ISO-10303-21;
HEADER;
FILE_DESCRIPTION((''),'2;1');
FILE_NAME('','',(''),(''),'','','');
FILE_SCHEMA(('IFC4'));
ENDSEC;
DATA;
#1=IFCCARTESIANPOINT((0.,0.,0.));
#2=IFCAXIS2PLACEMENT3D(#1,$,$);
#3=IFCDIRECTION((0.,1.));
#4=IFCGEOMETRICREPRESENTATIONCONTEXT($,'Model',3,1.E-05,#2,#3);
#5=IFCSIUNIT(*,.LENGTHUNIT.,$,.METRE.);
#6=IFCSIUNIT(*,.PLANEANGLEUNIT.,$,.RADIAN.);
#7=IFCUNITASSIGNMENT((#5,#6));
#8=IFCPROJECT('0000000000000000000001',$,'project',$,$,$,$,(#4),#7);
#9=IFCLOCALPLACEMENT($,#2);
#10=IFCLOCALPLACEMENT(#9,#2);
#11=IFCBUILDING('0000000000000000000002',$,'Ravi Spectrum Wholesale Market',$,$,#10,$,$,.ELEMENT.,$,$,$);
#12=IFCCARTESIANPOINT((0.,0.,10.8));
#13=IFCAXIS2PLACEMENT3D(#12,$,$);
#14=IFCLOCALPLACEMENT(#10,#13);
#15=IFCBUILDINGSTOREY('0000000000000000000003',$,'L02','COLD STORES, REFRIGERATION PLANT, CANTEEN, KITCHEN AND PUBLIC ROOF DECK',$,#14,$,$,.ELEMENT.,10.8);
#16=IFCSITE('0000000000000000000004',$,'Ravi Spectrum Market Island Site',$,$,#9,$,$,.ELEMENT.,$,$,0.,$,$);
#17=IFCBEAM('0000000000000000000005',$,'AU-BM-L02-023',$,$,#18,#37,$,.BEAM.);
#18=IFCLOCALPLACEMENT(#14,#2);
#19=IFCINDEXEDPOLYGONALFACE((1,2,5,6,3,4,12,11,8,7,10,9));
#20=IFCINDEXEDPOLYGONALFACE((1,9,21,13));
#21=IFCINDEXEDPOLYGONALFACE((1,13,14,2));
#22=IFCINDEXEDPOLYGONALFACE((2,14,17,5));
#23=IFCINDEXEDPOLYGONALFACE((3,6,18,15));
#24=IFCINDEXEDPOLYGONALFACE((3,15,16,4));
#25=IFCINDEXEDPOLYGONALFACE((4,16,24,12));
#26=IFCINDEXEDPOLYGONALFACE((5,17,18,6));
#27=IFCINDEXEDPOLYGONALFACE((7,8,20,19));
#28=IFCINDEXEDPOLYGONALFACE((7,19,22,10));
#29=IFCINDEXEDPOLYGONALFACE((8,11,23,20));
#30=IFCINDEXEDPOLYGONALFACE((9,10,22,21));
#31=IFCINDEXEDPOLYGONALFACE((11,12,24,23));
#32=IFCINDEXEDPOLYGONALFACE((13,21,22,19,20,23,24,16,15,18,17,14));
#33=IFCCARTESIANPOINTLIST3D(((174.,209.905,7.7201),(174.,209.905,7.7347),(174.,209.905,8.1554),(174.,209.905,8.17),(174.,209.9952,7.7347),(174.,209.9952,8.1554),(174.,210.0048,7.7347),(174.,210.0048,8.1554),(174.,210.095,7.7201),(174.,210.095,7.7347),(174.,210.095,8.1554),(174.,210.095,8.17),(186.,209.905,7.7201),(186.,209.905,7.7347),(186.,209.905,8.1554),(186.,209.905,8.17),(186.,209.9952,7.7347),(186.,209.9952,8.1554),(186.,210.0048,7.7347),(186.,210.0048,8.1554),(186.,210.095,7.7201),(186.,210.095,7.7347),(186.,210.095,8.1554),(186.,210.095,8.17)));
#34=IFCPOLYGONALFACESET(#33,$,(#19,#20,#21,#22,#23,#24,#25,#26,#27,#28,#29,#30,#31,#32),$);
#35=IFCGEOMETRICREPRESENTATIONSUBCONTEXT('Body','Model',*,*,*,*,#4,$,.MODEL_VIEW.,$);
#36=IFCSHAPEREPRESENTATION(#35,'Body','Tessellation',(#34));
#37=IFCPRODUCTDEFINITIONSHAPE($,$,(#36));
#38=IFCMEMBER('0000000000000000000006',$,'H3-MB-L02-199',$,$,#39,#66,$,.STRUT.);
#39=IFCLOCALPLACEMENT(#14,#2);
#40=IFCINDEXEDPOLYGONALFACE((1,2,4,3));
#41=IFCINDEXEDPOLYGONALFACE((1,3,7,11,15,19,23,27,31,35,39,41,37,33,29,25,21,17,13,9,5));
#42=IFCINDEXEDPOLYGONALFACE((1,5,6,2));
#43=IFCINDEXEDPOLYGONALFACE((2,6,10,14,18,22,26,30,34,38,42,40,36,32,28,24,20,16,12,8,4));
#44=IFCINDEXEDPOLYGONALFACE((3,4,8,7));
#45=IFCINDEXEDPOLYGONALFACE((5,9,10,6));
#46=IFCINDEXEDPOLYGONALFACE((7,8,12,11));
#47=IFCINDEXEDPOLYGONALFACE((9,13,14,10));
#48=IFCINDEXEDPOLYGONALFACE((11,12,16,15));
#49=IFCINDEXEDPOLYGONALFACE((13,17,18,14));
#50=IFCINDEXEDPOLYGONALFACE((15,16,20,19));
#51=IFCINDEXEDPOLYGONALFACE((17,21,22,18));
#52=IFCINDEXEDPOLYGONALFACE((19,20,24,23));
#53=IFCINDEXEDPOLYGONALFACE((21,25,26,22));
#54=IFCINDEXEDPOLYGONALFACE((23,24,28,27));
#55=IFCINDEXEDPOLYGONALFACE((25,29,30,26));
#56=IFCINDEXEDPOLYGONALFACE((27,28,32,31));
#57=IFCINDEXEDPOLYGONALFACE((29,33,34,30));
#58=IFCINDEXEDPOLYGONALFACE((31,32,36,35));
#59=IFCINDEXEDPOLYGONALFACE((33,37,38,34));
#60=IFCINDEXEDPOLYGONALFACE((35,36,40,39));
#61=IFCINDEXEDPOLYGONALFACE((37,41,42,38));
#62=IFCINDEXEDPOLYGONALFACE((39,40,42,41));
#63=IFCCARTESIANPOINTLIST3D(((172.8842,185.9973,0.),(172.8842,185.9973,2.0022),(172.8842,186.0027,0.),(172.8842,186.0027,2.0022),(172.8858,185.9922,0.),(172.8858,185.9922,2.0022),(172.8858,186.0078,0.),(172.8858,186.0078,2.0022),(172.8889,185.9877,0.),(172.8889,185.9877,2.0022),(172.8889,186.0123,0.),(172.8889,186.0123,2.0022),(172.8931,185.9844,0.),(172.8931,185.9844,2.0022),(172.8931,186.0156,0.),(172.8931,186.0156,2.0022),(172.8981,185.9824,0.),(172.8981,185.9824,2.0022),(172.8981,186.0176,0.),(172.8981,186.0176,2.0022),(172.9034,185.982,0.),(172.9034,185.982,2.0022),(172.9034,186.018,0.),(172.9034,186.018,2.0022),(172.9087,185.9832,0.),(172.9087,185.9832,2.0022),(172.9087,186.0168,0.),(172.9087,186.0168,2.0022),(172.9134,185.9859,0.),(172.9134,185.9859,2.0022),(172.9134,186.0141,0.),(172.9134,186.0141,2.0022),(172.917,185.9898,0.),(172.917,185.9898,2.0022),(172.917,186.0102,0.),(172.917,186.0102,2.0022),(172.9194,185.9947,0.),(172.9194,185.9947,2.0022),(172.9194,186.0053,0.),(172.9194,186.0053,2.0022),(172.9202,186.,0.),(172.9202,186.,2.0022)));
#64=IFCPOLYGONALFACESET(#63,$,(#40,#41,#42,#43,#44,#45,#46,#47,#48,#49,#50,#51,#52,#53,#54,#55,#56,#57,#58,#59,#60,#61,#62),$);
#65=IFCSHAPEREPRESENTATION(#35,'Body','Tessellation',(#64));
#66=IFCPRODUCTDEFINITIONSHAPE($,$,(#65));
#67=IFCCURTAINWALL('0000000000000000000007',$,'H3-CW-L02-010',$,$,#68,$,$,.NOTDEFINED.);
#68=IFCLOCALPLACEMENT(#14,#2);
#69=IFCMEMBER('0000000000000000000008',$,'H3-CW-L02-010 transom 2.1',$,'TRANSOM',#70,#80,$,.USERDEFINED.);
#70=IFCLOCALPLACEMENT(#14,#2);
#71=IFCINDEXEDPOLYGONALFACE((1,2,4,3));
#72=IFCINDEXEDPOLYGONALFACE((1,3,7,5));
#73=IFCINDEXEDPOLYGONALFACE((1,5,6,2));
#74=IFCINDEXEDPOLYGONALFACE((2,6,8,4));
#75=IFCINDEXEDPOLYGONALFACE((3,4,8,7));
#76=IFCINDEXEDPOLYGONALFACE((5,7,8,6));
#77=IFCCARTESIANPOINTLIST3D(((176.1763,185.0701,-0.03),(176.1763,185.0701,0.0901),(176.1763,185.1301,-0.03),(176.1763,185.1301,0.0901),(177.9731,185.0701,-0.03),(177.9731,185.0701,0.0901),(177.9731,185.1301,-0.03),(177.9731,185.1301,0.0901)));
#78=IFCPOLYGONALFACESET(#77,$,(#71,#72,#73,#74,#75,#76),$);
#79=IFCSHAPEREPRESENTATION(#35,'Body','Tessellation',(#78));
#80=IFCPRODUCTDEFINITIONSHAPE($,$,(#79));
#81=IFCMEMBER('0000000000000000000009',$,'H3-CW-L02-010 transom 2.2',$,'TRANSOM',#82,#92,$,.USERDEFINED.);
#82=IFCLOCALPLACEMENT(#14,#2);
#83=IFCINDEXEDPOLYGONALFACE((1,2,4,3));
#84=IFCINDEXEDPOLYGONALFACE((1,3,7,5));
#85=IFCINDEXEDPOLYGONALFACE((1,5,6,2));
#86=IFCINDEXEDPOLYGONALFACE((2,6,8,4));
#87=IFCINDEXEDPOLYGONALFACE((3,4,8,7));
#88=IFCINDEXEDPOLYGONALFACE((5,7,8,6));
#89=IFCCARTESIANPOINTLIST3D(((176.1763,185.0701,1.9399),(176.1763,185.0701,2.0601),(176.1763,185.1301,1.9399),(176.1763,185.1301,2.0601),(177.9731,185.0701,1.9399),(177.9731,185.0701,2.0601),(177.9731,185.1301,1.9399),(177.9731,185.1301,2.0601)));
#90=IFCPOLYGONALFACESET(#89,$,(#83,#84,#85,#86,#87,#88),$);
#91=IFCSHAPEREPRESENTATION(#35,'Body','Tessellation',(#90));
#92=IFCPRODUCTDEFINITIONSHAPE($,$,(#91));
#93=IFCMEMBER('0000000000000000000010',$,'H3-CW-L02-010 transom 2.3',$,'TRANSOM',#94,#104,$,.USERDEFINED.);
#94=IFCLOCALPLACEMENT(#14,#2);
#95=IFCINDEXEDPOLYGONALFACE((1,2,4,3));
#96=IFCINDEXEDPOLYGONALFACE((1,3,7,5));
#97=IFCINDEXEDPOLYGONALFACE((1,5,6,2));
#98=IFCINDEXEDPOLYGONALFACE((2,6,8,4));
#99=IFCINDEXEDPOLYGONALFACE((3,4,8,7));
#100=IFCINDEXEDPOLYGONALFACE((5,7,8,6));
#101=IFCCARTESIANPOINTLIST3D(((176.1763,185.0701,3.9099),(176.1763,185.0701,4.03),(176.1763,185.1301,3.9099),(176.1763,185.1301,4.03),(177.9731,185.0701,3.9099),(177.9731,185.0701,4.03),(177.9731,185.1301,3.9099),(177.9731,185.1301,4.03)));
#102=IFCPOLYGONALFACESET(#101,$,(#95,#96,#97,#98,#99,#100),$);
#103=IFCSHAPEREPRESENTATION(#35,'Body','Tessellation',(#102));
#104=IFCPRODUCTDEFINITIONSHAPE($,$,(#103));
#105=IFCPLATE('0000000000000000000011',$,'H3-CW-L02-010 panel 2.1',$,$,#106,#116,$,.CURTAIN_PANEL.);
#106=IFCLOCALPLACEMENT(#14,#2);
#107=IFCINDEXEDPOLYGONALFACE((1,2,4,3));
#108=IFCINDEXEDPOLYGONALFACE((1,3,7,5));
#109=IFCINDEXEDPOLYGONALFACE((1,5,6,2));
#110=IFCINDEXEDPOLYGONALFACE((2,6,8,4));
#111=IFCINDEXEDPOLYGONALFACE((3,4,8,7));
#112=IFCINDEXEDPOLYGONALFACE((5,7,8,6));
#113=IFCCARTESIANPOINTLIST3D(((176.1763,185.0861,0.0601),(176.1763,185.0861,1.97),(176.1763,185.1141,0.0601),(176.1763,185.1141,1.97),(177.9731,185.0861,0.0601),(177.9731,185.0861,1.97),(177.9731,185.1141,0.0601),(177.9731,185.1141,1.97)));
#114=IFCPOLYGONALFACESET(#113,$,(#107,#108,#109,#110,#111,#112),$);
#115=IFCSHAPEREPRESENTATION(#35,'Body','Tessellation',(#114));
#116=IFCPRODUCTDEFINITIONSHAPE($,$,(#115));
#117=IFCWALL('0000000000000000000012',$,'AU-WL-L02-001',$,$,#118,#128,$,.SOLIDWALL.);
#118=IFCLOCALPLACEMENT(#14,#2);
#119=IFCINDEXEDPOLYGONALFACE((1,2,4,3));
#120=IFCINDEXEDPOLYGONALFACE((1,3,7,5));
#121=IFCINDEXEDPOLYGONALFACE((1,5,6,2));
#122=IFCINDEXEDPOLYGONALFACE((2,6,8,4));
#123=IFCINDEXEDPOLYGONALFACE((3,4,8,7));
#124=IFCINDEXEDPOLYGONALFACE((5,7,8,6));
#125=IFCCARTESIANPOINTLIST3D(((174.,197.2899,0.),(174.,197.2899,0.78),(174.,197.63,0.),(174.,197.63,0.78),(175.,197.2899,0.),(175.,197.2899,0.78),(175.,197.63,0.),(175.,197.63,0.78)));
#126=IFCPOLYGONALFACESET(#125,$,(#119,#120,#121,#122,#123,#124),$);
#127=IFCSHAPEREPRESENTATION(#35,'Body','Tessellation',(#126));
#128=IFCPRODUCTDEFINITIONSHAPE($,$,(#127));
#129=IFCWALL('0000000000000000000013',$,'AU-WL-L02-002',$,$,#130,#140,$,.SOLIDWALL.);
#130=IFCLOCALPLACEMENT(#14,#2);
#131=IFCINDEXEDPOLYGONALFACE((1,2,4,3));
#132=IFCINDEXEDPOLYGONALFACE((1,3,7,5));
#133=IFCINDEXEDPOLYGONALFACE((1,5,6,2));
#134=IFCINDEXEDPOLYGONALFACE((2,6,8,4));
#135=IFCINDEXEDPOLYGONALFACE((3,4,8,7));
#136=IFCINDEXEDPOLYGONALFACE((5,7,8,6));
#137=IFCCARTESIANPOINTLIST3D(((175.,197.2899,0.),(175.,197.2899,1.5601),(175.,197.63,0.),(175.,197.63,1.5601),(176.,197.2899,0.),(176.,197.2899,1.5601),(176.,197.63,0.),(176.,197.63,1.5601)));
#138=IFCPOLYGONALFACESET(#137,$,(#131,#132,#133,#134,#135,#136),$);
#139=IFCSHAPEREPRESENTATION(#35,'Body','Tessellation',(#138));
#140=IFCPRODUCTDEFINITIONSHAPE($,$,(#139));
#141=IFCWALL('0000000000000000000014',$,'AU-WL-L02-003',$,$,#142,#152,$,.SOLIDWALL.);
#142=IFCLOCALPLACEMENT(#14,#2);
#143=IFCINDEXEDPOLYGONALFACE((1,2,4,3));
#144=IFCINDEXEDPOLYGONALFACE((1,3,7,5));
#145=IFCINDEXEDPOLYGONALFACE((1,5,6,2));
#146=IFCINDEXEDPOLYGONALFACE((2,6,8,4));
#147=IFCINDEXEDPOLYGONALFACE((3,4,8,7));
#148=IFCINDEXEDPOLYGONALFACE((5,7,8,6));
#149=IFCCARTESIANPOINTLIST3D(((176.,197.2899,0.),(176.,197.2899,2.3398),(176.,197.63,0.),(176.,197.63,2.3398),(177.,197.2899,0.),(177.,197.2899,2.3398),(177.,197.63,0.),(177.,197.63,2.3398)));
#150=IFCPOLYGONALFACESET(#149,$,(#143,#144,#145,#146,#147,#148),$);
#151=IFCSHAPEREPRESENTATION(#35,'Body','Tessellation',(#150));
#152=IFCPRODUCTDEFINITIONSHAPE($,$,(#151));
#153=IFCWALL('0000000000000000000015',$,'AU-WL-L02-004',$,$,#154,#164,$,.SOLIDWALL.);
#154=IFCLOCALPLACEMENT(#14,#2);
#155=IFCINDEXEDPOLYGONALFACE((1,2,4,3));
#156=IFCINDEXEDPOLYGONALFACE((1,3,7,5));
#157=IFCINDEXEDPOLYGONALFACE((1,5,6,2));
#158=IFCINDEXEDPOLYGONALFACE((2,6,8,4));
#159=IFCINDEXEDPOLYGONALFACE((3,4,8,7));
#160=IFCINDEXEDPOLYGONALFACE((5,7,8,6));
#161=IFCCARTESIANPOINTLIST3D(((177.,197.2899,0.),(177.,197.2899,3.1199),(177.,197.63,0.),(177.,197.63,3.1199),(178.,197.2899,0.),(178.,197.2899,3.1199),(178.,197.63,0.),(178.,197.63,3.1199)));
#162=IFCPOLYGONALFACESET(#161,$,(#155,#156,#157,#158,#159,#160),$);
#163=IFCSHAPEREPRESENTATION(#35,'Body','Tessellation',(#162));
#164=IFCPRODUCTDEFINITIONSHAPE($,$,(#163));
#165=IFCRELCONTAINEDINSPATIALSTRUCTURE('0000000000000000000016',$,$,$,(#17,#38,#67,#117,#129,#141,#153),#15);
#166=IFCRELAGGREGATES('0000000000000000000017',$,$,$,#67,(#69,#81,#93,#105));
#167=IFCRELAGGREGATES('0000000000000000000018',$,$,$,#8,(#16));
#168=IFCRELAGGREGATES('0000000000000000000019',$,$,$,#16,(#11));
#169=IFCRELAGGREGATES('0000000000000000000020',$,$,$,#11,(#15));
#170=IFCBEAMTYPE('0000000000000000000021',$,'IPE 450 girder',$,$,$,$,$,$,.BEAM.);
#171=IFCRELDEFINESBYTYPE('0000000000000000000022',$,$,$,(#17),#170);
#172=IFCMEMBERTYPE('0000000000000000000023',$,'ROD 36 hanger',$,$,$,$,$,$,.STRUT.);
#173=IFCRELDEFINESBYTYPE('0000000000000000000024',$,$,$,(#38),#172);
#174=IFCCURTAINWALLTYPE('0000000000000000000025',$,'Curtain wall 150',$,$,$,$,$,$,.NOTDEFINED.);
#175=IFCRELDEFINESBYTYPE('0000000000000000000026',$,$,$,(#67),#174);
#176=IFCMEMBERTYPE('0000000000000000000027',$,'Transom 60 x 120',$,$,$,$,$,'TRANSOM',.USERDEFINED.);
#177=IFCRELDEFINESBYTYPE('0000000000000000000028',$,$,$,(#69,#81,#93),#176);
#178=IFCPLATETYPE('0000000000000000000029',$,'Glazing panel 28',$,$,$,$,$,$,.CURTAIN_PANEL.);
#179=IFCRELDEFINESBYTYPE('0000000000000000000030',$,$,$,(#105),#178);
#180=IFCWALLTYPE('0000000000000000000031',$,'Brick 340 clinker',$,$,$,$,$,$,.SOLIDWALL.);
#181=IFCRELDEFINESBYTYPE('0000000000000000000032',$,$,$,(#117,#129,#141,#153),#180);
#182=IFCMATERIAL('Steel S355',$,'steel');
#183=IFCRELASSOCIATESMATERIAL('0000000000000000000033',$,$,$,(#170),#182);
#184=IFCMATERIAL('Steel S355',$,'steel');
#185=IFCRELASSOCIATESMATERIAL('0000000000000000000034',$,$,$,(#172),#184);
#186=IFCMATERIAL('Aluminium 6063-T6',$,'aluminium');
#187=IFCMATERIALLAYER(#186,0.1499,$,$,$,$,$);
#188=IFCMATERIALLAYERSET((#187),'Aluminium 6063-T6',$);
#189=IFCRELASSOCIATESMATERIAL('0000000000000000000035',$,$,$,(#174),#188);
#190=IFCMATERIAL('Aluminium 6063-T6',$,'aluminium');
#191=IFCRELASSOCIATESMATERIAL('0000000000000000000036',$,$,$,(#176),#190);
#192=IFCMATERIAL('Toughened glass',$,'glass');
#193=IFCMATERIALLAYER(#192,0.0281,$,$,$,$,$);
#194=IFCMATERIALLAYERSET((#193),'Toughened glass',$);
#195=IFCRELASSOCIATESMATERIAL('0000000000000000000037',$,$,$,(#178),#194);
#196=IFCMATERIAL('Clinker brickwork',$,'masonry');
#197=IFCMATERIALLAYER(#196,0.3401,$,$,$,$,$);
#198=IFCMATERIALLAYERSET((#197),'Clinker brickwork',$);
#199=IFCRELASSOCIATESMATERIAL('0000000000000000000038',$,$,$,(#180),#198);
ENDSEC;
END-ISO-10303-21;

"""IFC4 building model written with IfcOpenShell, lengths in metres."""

from ifc_helpers import new_model, si_unit, direction, frame, frame_2d, origin, origin_2d, place, context, subcontext, project, spatial, rectangle, circle, i_section, extrude, material, layer, layer_set, material_profile, profile_set, type_object, element, aggregate, save


model = new_model("IFC4")

# Units and contexts
model_context = context("Model", 3, precision=1e-05, world=origin(), true_north=direction((0.0, 1.0)))
body_context = subcontext(model_context, "Body", "Model", "MODEL_VIEW")
ifc_project = project(units=[si_unit("LENGTHUNIT", "METRE"), si_unit("PLANEANGLEUNIT", "RADIAN")], contexts=[model_context])

# Site, building, storey
site_placement = place(None, origin())
site = spatial("IfcSite", under=ifc_project, at=site_placement, Name="Ravi Spectrum Market Island Site", CompositionType="ELEMENT", RefElevation=0.0)
building_placement = place(site_placement, origin())
building = spatial("IfcBuilding", under=site, at=building_placement, Name="Ravi Spectrum Wholesale Market", CompositionType="ELEMENT")
storey_placement = place(building_placement, frame((0.0, 0.0, 10.8)))
storey = spatial("IfcBuildingStorey", under=building, at=storey_placement, Name="L02", Description="COLD STORES, REFRIGERATION PLANT, CANTEEN, KITCHEN AND PUBLIC ROOF DECK", CompositionType="ELEMENT", Elevation=10.8)

# Beam
ifc_material_1 = material(Name="Steel S355", Category="steel")
ifc_material_profile_1 = material_profile(ifc_material_1, i_section(OverallWidth=0.1899, OverallDepth=0.45, WebThickness=0.0095, FlangeThickness=0.0146, at=origin_2d()))
ifc_profile_set_1 = profile_set([ifc_material_profile_1], Name="Steel S355")
beam_type = type_object("IfcBeamType", Name="IPE 450 girder", PredefinedType="BEAM", material=ifc_profile_set_1)
for number, where, z_axis, x_axis, name in (
    (1, (174.0, 210.0, 7.9451), (1.0, 0.0, 0.0), (0.0, 1.0, 0.0), "AU-BM-L02-023"),
):
    element("IfcBeam", number, at=place(storey_placement, frame(where, z_axis=z_axis, x_axis=x_axis)), inside=storey, type_object=beam_type, Name=name, PredefinedType="BEAM", context=body_context, shape_type="SweptSolid", body=[
        extrude(i_section(OverallWidth=0.1899, OverallDepth=0.45, WebThickness=0.0095, FlangeThickness=0.0146, at=origin_2d()), origin(), (0.0, 0.0, 1.0), 12.0),
    ])

# Member
ifc_material_2 = material(Name="Steel S355", Category="steel")
ifc_material_profile_2 = material_profile(ifc_material_2, circle(Radius=0.0181, at=origin_2d()))
ifc_profile_set_2 = profile_set([ifc_material_profile_2], Name="Steel S355")
member_type_1 = type_object("IfcMemberType", Name="ROD 36 hanger", PredefinedType="STRUT", material=ifc_profile_set_2)
member_1_placement = place(storey_placement, frame((172.9021, 186.0, 0.0), z_axis=(0.0, 0.0, 1.0), x_axis=(1.0, 0.0, 0.0)))
element("IfcMember", 2, at=member_1_placement, inside=storey, type_object=member_type_1, Name="H3-MB-L02-199", PredefinedType="STRUT", context=body_context, shape_type="SweptSolid", body=[
    extrude(circle(Radius=0.0181, at=origin_2d()), origin(), (0.0, 0.0, 1.0), 2.0022),
])

# Curtain wall, members, plate
ifc_material_3 = material(Name="Aluminium 6063-T6", Category="aluminium")
ifc_layer_1 = layer(ifc_material_3, 0.1499)
ifc_layer_set_1 = layer_set([ifc_layer_1], Name="Aluminium 6063-T6")
curtain_wall_type = type_object("IfcCurtainWallType", Name="Curtain wall 150", PredefinedType="NOTDEFINED", material=ifc_layer_set_1)
curtain_wall_placement = place(storey_placement, origin())
curtain_wall = element("IfcCurtainWall", 3, at=curtain_wall_placement, inside=storey, type_object=curtain_wall_type, Name="H3-CW-L02-010", PredefinedType="NOTDEFINED")
ifc_material_4 = material(Name="Aluminium 6063-T6", Category="aluminium")
ifc_material_profile_3 = material_profile(ifc_material_4, rectangle(XDim=0.0601, YDim=0.1201, at=origin_2d()))
ifc_profile_set_3 = profile_set([ifc_material_profile_3], Name="Aluminium 6063-T6")
member_type_2 = type_object("IfcMemberType", Name="Transom 60 x 120", ElementType="TRANSOM", PredefinedType="USERDEFINED", material=ifc_profile_set_3)
member_2_placement = place(storey_placement, frame((176.1763, 185.1001, 0.03), z_axis=(1.0, 0.0, 0.0), x_axis=(0.0, 1.0, 0.0)))
member_2 = element("IfcMember", 4, at=member_2_placement, type_object=member_type_2, Name="H3-CW-L02-010 transom 2.1", ObjectType="TRANSOM", PredefinedType="USERDEFINED", context=body_context, shape_type="SweptSolid", body=[
    extrude(rectangle(XDim=0.0601, YDim=0.1201, at=origin_2d()), origin(), (0.0, 0.0, 1.0), 1.7969),
])
member_3_placement = place(storey_placement, frame((176.1763, 185.1001, 2.0), z_axis=(1.0, 0.0, 0.0), x_axis=(0.0, 1.0, 0.0)))
member_3 = element("IfcMember", 5, at=member_3_placement, type_object=member_type_2, Name="H3-CW-L02-010 transom 2.2", ObjectType="TRANSOM", PredefinedType="USERDEFINED", context=body_context, shape_type="SweptSolid", body=[
    extrude(rectangle(XDim=0.0601, YDim=0.1201, at=origin_2d()), origin(), (0.0, 0.0, 1.0), 1.7969),
])
member_4_placement = place(storey_placement, frame((176.1763, 185.1001, 3.97), z_axis=(1.0, 0.0, 0.0), x_axis=(0.0, 1.0, 0.0)))
member_4 = element("IfcMember", 6, at=member_4_placement, type_object=member_type_2, Name="H3-CW-L02-010 transom 2.3", ObjectType="TRANSOM", PredefinedType="USERDEFINED", context=body_context, shape_type="SweptSolid", body=[
    extrude(rectangle(XDim=0.0601, YDim=0.1201, at=origin_2d()), origin(), (0.0, 0.0, 1.0), 1.7969),
])
ifc_material_5 = material(Name="Toughened glass", Category="glass")
ifc_layer_2 = layer(ifc_material_5, 0.0281)
ifc_layer_set_2 = layer_set([ifc_layer_2], Name="Toughened glass")
plate_type = type_object("IfcPlateType", Name="Glazing panel 28", PredefinedType="CURTAIN_PANEL", material=ifc_layer_set_2)
plate_placement = place(storey_placement, frame((177.0747, 185.1001, 0.0601), z_axis=(0.0, 0.0, 1.0), x_axis=(1.0, 0.0, 0.0)))
plate = element("IfcPlate", 7, at=plate_placement, type_object=plate_type, Name="H3-CW-L02-010 panel 2.1", PredefinedType="CURTAIN_PANEL", context=body_context, shape_type="SweptSolid", body=[
    extrude(rectangle(XDim=1.7969, YDim=0.0281, at=origin_2d()), origin(), (0.0, 0.0, 1.0), 1.9099),
])
aggregate(curtain_wall, [member_2, member_3, member_4, plate])

# Walls
ifc_material_6 = material(Name="Clinker brickwork", Category="masonry")
ifc_layer_3 = layer(ifc_material_6, 0.3401)
ifc_layer_set_3 = layer_set([ifc_layer_3], Name="Clinker brickwork")
wall_type = type_object("IfcWallType", Name="Brick 340 clinker", PredefinedType="SOLIDWALL", material=ifc_layer_set_3)
wall_1_placement = place(storey_placement, frame((174.0, 197.46, 0.0), z_axis=(0.0, 0.0, 1.0), x_axis=(1.0, 0.0, 0.0)))
element("IfcWall", 8, at=wall_1_placement, inside=storey, type_object=wall_type, Name="AU-WL-L02-001", PredefinedType="SOLIDWALL", context=body_context, shape_type="SweptSolid", body=[
    extrude(rectangle(XDim=1.0, YDim=0.3401, at=frame_2d((0.5, 0.0))), origin(), (0.0, 0.0, 1.0), 0.78),
])
wall_2_placement = place(storey_placement, frame((175.0, 197.46, 0.0), z_axis=(0.0, 0.0, 1.0), x_axis=(1.0, 0.0, 0.0)))
element("IfcWall", 9, at=wall_2_placement, inside=storey, type_object=wall_type, Name="AU-WL-L02-002", PredefinedType="SOLIDWALL", context=body_context, shape_type="SweptSolid", body=[
    extrude(rectangle(XDim=1.0, YDim=0.3401, at=frame_2d((0.5, 0.0))), origin(), (0.0, 0.0, 1.0), 1.5601),
])
wall_3_placement = place(storey_placement, frame((176.0, 197.46, 0.0), z_axis=(0.0, 0.0, 1.0), x_axis=(1.0, 0.0, 0.0)))
element("IfcWall", 10, at=wall_3_placement, inside=storey, type_object=wall_type, Name="AU-WL-L02-003", PredefinedType="SOLIDWALL", context=body_context, shape_type="SweptSolid", body=[
    extrude(rectangle(XDim=1.0, YDim=0.3401, at=frame_2d((0.5, 0.0))), origin(), (0.0, 0.0, 1.0), 2.3398),
])
wall_4_placement = place(storey_placement, frame((177.0, 197.46, 0.0), z_axis=(0.0, 0.0, 1.0), x_axis=(1.0, 0.0, 0.0)))
element("IfcWall", 11, at=wall_4_placement, inside=storey, type_object=wall_type, Name="AU-WL-L02-004", PredefinedType="SOLIDWALL", context=body_context, shape_type="SweptSolid", body=[
    extrude(rectangle(XDim=1.0, YDim=0.3401, at=frame_2d((0.5, 0.0))), origin(), (0.0, 0.0, 1.0), 3.1199),
])

save(model, "model.ifc")
